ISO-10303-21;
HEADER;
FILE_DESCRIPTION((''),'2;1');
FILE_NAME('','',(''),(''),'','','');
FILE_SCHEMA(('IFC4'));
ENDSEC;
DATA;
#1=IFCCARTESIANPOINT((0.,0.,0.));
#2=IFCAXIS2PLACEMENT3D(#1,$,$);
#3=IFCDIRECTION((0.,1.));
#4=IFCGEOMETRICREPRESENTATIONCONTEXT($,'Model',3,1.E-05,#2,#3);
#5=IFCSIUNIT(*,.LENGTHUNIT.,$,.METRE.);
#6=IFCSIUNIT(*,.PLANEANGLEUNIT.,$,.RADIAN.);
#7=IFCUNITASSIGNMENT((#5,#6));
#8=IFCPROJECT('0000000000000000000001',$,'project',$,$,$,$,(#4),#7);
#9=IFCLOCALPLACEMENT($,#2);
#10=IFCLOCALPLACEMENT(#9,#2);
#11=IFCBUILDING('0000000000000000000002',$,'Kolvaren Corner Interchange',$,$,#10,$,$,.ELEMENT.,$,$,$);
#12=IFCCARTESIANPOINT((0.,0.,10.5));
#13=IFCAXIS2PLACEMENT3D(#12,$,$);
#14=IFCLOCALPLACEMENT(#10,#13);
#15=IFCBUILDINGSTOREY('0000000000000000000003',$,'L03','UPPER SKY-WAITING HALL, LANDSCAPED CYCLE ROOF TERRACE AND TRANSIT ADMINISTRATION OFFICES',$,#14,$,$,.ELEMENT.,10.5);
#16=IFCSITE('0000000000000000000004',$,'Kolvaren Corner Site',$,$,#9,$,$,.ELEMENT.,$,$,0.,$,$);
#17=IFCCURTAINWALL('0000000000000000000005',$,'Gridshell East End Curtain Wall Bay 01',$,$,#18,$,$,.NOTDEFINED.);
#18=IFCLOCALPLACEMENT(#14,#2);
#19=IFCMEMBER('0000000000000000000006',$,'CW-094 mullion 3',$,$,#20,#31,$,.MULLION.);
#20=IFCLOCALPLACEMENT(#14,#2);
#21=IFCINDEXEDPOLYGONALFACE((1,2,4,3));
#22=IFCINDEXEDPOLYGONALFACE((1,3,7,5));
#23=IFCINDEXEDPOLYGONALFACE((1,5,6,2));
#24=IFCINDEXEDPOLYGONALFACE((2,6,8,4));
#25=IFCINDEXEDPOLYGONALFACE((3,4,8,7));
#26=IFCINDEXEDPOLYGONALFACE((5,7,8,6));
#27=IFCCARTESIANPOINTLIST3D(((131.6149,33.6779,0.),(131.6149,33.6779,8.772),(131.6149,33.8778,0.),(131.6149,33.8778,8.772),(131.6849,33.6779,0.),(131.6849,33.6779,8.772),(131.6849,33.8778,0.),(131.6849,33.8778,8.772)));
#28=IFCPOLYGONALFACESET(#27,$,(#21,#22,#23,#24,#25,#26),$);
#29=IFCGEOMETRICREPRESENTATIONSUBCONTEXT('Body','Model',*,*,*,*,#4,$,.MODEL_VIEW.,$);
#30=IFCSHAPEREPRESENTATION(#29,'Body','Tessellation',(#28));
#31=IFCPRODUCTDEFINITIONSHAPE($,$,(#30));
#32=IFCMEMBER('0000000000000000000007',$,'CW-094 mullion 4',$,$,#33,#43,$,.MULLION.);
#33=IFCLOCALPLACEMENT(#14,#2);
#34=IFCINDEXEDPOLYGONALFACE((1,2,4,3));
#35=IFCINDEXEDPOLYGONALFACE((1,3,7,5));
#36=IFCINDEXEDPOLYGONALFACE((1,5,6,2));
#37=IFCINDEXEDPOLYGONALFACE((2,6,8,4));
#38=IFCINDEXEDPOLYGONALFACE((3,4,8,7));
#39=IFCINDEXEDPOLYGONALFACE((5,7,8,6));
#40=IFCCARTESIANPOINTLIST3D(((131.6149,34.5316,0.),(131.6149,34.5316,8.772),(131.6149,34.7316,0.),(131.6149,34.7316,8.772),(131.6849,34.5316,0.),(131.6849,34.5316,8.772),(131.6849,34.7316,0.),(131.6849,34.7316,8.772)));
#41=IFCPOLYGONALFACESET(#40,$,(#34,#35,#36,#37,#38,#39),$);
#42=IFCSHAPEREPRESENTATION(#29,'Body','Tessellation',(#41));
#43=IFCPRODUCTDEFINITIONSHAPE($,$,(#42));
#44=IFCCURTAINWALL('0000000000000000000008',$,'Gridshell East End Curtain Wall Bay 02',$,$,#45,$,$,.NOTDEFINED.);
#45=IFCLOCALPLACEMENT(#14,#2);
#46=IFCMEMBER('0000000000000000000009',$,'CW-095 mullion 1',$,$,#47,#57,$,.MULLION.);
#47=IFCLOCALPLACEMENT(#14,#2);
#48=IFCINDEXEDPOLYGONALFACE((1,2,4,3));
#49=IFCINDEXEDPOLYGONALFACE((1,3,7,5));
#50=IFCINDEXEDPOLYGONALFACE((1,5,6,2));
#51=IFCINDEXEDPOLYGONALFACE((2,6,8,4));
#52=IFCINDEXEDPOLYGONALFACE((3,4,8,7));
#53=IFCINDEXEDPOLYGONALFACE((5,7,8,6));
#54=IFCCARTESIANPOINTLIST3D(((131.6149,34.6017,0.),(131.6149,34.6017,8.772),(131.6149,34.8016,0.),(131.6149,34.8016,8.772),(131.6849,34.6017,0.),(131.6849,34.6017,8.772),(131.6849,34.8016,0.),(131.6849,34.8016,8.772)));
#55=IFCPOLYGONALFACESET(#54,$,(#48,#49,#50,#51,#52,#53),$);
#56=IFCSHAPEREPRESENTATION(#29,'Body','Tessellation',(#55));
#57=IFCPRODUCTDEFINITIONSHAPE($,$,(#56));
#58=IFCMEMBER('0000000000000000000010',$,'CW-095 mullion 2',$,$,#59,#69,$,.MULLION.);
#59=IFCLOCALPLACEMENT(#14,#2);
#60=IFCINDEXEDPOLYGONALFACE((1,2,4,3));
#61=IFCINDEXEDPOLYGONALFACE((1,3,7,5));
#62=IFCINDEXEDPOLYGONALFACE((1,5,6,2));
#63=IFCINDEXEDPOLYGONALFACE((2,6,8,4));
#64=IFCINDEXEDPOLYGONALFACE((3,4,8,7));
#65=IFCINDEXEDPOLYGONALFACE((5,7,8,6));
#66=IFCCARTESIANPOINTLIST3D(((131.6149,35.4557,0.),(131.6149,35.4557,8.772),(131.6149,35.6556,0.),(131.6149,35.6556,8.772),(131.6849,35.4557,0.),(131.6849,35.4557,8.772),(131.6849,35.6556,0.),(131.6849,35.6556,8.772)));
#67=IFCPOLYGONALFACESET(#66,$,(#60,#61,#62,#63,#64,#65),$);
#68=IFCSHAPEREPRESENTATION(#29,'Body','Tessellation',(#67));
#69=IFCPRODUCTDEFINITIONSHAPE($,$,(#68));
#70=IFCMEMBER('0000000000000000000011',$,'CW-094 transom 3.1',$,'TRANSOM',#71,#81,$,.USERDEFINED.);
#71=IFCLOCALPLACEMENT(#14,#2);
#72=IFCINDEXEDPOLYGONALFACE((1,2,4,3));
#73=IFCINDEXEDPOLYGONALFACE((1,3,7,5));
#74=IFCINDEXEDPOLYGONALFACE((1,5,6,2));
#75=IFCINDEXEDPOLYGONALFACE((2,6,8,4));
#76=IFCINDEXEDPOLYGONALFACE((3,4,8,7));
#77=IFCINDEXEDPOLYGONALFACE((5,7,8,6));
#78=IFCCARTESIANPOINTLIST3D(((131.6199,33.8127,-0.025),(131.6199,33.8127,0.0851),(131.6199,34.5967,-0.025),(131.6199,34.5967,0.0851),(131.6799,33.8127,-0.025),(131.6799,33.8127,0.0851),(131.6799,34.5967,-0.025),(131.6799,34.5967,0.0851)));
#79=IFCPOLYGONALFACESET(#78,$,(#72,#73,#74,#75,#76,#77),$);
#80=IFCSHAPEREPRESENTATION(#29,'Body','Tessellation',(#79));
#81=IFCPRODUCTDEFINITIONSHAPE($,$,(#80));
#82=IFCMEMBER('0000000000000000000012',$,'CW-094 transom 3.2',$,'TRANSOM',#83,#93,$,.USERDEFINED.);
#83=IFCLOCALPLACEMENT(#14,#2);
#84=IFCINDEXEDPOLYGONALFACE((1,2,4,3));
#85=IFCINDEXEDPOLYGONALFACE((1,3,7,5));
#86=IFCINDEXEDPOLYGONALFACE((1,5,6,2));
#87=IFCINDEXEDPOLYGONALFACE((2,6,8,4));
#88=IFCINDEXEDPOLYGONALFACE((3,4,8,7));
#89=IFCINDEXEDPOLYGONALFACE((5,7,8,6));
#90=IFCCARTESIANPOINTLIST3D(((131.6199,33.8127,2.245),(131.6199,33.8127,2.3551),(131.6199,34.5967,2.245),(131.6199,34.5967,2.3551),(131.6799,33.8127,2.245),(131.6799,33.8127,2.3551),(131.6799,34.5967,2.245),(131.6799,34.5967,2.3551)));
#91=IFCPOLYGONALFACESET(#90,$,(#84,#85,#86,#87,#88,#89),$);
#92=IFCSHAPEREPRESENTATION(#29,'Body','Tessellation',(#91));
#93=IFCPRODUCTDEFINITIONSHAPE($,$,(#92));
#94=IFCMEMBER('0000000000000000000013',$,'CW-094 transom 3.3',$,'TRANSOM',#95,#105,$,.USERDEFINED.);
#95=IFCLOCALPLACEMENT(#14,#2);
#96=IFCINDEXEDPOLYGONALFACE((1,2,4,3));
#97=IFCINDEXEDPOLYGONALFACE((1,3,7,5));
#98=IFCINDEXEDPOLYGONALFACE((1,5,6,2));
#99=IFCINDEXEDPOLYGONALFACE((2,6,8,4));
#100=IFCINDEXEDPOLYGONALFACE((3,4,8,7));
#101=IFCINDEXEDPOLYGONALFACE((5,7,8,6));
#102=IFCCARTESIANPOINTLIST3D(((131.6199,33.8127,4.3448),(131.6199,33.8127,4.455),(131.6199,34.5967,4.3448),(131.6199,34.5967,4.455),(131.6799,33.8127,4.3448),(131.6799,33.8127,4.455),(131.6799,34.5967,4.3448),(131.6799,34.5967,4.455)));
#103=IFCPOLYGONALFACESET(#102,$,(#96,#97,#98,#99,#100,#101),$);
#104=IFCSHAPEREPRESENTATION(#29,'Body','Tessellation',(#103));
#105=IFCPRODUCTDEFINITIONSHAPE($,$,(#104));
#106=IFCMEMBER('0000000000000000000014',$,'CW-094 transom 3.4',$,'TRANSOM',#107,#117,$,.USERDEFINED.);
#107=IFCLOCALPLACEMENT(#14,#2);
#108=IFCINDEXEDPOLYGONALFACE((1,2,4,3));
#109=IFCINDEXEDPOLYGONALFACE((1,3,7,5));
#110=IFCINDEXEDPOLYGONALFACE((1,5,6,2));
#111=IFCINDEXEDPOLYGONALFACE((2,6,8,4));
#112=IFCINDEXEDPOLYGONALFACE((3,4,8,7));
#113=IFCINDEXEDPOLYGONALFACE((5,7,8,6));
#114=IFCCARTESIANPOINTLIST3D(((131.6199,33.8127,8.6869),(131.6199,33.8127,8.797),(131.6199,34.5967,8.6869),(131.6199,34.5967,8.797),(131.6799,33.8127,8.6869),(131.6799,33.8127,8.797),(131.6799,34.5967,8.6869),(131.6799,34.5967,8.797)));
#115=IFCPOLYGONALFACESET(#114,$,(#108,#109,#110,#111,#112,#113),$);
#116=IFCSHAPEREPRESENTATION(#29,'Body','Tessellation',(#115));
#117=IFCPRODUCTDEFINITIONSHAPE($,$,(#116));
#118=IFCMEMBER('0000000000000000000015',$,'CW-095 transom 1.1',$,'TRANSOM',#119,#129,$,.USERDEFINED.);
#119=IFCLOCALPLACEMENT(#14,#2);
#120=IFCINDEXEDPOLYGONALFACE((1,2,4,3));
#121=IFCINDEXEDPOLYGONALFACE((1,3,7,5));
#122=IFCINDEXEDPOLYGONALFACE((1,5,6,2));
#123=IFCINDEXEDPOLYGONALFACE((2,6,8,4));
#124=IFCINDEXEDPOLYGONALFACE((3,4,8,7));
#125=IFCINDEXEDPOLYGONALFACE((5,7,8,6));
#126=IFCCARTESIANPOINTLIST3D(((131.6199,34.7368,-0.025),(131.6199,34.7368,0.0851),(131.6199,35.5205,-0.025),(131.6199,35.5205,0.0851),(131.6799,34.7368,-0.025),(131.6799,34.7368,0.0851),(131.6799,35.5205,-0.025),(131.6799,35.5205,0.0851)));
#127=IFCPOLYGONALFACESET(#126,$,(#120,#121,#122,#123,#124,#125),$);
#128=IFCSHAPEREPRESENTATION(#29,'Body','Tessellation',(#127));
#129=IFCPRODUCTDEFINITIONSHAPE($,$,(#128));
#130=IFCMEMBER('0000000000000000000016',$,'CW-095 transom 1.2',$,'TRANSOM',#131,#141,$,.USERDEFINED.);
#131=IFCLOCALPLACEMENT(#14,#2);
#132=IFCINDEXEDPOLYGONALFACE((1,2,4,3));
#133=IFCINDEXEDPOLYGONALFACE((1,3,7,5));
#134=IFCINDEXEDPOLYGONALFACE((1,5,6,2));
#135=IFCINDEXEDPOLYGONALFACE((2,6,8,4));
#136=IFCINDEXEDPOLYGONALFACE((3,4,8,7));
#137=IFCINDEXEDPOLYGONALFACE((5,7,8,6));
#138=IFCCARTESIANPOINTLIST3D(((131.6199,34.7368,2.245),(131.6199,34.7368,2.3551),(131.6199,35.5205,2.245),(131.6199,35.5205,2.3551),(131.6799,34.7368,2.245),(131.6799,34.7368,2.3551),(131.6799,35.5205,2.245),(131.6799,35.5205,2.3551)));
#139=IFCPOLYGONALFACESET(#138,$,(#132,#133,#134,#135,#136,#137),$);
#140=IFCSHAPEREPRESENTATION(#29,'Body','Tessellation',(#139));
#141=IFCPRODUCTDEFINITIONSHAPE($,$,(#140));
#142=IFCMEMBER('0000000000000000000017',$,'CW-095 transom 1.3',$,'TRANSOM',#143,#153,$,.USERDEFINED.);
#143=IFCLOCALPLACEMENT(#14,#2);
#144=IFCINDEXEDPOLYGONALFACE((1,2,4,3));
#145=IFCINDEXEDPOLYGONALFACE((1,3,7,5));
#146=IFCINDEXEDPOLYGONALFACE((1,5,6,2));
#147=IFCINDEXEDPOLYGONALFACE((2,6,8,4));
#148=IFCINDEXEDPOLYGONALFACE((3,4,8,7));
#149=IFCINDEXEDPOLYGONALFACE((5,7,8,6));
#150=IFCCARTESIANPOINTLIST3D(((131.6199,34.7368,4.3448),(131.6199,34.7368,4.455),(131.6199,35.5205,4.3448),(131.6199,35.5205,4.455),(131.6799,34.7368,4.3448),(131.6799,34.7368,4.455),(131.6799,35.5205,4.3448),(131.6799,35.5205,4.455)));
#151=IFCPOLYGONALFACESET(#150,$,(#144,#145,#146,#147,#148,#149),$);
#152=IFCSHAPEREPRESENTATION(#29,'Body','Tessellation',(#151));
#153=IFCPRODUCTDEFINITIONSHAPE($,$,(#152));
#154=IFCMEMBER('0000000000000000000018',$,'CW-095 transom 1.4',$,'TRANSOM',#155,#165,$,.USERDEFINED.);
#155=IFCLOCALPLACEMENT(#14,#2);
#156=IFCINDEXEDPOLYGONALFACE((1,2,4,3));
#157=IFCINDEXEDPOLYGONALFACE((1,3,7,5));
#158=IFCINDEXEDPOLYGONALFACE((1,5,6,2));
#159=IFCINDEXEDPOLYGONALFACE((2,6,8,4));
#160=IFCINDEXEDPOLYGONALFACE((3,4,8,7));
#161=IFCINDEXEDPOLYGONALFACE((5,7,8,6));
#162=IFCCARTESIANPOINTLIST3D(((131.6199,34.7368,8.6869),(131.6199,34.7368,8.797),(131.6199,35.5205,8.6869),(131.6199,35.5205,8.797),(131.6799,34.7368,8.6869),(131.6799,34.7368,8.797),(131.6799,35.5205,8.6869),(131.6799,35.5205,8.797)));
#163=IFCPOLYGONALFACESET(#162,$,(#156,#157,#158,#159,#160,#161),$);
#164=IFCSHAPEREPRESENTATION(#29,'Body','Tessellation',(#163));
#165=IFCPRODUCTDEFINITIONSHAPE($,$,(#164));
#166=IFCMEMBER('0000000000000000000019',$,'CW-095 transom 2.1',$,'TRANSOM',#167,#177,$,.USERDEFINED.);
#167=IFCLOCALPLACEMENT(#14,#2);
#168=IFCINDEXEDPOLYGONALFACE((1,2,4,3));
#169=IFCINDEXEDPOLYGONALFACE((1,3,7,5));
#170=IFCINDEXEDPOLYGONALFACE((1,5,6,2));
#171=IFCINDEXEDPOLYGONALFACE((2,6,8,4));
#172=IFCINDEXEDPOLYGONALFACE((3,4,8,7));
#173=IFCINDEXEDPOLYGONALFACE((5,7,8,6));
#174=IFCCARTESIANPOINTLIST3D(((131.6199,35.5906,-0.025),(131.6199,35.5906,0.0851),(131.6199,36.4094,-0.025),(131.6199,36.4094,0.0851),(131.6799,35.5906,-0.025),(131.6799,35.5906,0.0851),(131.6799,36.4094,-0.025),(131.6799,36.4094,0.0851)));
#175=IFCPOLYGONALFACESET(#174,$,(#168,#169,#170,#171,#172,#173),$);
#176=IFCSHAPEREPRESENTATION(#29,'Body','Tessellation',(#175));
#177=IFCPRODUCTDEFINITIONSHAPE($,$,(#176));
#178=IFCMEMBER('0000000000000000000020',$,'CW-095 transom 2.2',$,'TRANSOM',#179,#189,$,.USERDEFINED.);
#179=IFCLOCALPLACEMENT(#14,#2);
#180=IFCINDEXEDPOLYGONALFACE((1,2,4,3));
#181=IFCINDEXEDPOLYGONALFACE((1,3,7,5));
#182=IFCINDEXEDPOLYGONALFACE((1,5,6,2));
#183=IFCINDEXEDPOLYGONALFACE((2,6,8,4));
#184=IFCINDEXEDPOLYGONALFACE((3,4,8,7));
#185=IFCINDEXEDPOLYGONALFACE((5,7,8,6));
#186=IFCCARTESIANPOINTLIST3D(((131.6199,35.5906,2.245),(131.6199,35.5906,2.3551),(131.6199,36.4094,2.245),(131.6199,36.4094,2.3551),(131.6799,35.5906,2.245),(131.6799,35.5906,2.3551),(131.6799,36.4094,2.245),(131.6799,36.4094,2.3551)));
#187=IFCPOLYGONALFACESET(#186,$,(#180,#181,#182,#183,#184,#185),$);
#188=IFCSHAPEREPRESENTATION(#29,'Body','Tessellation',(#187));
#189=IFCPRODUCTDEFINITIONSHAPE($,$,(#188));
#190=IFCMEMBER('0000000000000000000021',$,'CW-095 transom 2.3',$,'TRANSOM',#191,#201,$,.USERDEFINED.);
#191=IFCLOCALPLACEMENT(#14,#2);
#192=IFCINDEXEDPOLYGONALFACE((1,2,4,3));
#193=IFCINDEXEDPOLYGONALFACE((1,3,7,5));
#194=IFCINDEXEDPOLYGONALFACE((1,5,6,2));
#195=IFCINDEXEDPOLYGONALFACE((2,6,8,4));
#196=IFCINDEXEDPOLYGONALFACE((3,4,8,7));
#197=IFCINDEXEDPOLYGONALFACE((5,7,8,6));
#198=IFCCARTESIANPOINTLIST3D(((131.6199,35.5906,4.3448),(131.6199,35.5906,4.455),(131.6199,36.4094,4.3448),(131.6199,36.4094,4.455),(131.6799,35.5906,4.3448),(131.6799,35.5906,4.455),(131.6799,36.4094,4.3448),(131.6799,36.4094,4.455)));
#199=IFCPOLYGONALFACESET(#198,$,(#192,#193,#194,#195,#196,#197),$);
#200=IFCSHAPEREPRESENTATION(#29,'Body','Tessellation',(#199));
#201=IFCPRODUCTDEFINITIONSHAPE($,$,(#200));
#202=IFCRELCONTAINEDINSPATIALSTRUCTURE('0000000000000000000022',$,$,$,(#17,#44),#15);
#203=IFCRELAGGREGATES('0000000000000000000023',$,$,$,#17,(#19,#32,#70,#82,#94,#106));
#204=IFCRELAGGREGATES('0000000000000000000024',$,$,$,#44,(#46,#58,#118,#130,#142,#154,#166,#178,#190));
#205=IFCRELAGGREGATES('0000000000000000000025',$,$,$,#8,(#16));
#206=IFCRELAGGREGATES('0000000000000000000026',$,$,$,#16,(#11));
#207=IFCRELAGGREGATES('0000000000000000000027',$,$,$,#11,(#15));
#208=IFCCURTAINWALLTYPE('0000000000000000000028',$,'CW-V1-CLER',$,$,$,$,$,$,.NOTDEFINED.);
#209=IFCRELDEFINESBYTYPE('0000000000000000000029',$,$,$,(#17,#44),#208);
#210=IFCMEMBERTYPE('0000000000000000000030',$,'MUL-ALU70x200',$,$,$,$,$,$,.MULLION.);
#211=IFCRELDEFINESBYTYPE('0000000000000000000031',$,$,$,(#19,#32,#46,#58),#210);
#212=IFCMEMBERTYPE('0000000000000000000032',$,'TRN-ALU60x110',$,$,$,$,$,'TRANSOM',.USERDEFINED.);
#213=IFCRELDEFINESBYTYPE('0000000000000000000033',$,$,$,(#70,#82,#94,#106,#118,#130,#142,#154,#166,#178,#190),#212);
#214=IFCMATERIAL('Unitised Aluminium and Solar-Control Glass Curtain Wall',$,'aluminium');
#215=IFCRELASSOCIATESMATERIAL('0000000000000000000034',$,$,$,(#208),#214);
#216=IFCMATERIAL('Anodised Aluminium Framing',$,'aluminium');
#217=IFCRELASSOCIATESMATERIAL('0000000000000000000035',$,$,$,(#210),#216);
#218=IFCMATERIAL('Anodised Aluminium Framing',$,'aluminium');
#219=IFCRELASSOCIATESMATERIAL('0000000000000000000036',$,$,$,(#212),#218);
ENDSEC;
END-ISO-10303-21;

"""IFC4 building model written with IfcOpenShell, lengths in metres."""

from ifc_helpers import new_model, si_unit, direction, frame, origin, origin_2d, place, context, subcontext, project, spatial, rectangle, extrude, material, material_profile, profile_set, type_object, element, aggregate, save


model = new_model("IFC4")

# Units and contexts
model_context = context("Model", 3, precision=1e-05, world=origin(), true_north=direction((0.0, 1.0)))
body_context = subcontext(model_context, "Body", "Model", "MODEL_VIEW")
ifc_project = project(units=[si_unit("LENGTHUNIT", "METRE"), si_unit("PLANEANGLEUNIT", "RADIAN")], contexts=[model_context])

# Site, building, storey
site_placement = place(None, origin())
site = spatial("IfcSite", under=ifc_project, at=site_placement, Name="Kolvaren Corner Site", CompositionType="ELEMENT", RefElevation=0.0)
building_placement = place(site_placement, origin())
building = spatial("IfcBuilding", under=site, at=building_placement, Name="Kolvaren Corner Interchange", CompositionType="ELEMENT")
storey_placement = place(building_placement, frame((0.0, 0.0, 10.5)))
storey = spatial("IfcBuildingStorey", under=building, at=storey_placement, Name="L03", Description="UPPER SKY-WAITING HALL, LANDSCAPED CYCLE ROOF TERRACE AND TRANSIT ADMINISTRATION OFFICES", CompositionType="ELEMENT", Elevation=10.5)

# Curtain walls, members
ifc_material_1 = material(Name="Unitised Aluminium and Solar-Control Glass Curtain Wall", Category="aluminium")
curtain_wall_type = type_object("IfcCurtainWallType", Name="CW-V1-CLER", PredefinedType="NOTDEFINED", material=ifc_material_1)
curtain_wall_1_placement = place(storey_placement, origin())
curtain_wall_1 = element("IfcCurtainWall", 1, at=curtain_wall_1_placement, inside=storey, type_object=curtain_wall_type, Name="Gridshell East End Curtain Wall Bay 01", PredefinedType="NOTDEFINED")
ifc_material_2 = material(Name="Anodised Aluminium Framing", Category="aluminium")
ifc_material_profile_1 = material_profile(ifc_material_2, rectangle(XDim=0.0701, YDim=0.2, at=origin_2d()), Name="ALU 70x200")
ifc_profile_set_1 = profile_set([ifc_material_profile_1], Name="Anodised Aluminium Framing")
member_type_1 = type_object("IfcMemberType", Name="MUL-ALU70x200", PredefinedType="MULLION", material=ifc_profile_set_1)
member_1_placement = place(storey_placement, frame((131.6499, 33.7778, 0.0), z_axis=(0.0, 0.0, 1.0), x_axis=(-1.0, 0.0, 0.0)))
member_1 = element("IfcMember", 2, at=member_1_placement, type_object=member_type_1, Name="CW-094 mullion 3", PredefinedType="MULLION", context=body_context, shape_type="SweptSolid", body=[
    extrude(rectangle(XDim=0.0701, YDim=0.2, at=origin_2d()), origin(), (0.0, 0.0, 1.0), 8.772),
])
member_2_placement = place(storey_placement, frame((131.6499, 34.6316, 0.0), z_axis=(0.0, 0.0, 1.0), x_axis=(-1.0, 0.0, 0.0)))
member_2 = element("IfcMember", 3, at=member_2_placement, type_object=member_type_1, Name="CW-094 mullion 4", PredefinedType="MULLION", context=body_context, shape_type="SweptSolid", body=[
    extrude(rectangle(XDim=0.0701, YDim=0.2, at=origin_2d()), origin(), (0.0, 0.0, 1.0), 8.772),
])
curtain_wall_2_placement = place(storey_placement, origin())
curtain_wall_2 = element("IfcCurtainWall", 4, at=curtain_wall_2_placement, inside=storey, type_object=curtain_wall_type, Name="Gridshell East End Curtain Wall Bay 02", PredefinedType="NOTDEFINED")
member_3_placement = place(storey_placement, frame((131.6499, 34.7017, 0.0), z_axis=(0.0, 0.0, 1.0), x_axis=(-1.0, 0.0, 0.0)))
member_3 = element("IfcMember", 5, at=member_3_placement, type_object=member_type_1, Name="CW-095 mullion 1", PredefinedType="MULLION", context=body_context, shape_type="SweptSolid", body=[
    extrude(rectangle(XDim=0.0701, YDim=0.2, at=origin_2d()), origin(), (0.0, 0.0, 1.0), 8.772),
])
member_4_placement = place(storey_placement, frame((131.6499, 35.5557, 0.0), z_axis=(0.0, 0.0, 1.0), x_axis=(-1.0, 0.0, 0.0)))
member_4 = element("IfcMember", 6, at=member_4_placement, type_object=member_type_1, Name="CW-095 mullion 2", PredefinedType="MULLION", context=body_context, shape_type="SweptSolid", body=[
    extrude(rectangle(XDim=0.0701, YDim=0.2, at=origin_2d()), origin(), (0.0, 0.0, 1.0), 8.772),
])

# Members
ifc_material_3 = material(Name="Anodised Aluminium Framing", Category="aluminium")
ifc_material_profile_2 = material_profile(ifc_material_3, rectangle(XDim=0.0601, YDim=0.1101, at=origin_2d()), Name="ALU 60x110")
ifc_profile_set_2 = profile_set([ifc_material_profile_2], Name="Anodised Aluminium Framing")
member_type_2 = type_object("IfcMemberType", Name="TRN-ALU60x110", ElementType="TRANSOM", PredefinedType="USERDEFINED", material=ifc_profile_set_2)
member_5_placement = place(storey_placement, frame((131.6499, 33.8127, 0.03), z_axis=(0.0, 1.0, 0.0), x_axis=(-1.0, 0.0, 0.0)))
member_5 = element("IfcMember", 7, at=member_5_placement, type_object=member_type_2, Name="CW-094 transom 3.1", ObjectType="TRANSOM", PredefinedType="USERDEFINED", context=body_context, shape_type="SweptSolid", body=[
    extrude(rectangle(XDim=0.0601, YDim=0.1101, at=origin_2d()), origin(), (0.0, 0.0, 1.0), 0.7839),
])
member_6_placement = place(storey_placement, frame((131.6499, 33.8127, 2.3), z_axis=(0.0, 1.0, 0.0), x_axis=(-1.0, 0.0, 0.0)))
member_6 = element("IfcMember", 8, at=member_6_placement, type_object=member_type_2, Name="CW-094 transom 3.2", ObjectType="TRANSOM", PredefinedType="USERDEFINED", context=body_context, shape_type="SweptSolid", body=[
    extrude(rectangle(XDim=0.0601, YDim=0.1101, at=origin_2d()), origin(), (0.0, 0.0, 1.0), 0.7839),
])
member_7_placement = place(storey_placement, frame((131.6499, 33.8127, 4.3999), z_axis=(0.0, 1.0, 0.0), x_axis=(-1.0, 0.0, 0.0)))
member_7 = element("IfcMember", 9, at=member_7_placement, type_object=member_type_2, Name="CW-094 transom 3.3", ObjectType="TRANSOM", PredefinedType="USERDEFINED", context=body_context, shape_type="SweptSolid", body=[
    extrude(rectangle(XDim=0.0601, YDim=0.1101, at=origin_2d()), origin(), (0.0, 0.0, 1.0), 0.7839),
])
member_8_placement = place(storey_placement, frame((131.6499, 33.8127, 8.7419), z_axis=(0.0, 1.0, 0.0), x_axis=(-1.0, 0.0, 0.0)))
member_8 = element("IfcMember", 10, at=member_8_placement, type_object=member_type_2, Name="CW-094 transom 3.4", ObjectType="TRANSOM", PredefinedType="USERDEFINED", context=body_context, shape_type="SweptSolid", body=[
    extrude(rectangle(XDim=0.0601, YDim=0.1101, at=origin_2d()), origin(), (0.0, 0.0, 1.0), 0.7839),
])
member_9_placement = place(storey_placement, frame((131.6499, 34.7368, 0.03), z_axis=(0.0, 1.0, 0.0), x_axis=(-1.0, 0.0, 0.0)))
member_9 = element("IfcMember", 11, at=member_9_placement, type_object=member_type_2, Name="CW-095 transom 1.1", ObjectType="TRANSOM", PredefinedType="USERDEFINED", context=body_context, shape_type="SweptSolid", body=[
    extrude(rectangle(XDim=0.0601, YDim=0.1101, at=origin_2d()), origin(), (0.0, 0.0, 1.0), 0.7837),
])
member_10_placement = place(storey_placement, frame((131.6499, 34.7368, 2.3), z_axis=(0.0, 1.0, 0.0), x_axis=(-1.0, 0.0, 0.0)))
member_10 = element("IfcMember", 12, at=member_10_placement, type_object=member_type_2, Name="CW-095 transom 1.2", ObjectType="TRANSOM", PredefinedType="USERDEFINED", context=body_context, shape_type="SweptSolid", body=[
    extrude(rectangle(XDim=0.0601, YDim=0.1101, at=origin_2d()), origin(), (0.0, 0.0, 1.0), 0.7837),
])
member_11_placement = place(storey_placement, frame((131.6499, 34.7368, 4.3999), z_axis=(0.0, 1.0, 0.0), x_axis=(-1.0, 0.0, 0.0)))
member_11 = element("IfcMember", 13, at=member_11_placement, type_object=member_type_2, Name="CW-095 transom 1.3", ObjectType="TRANSOM", PredefinedType="USERDEFINED", context=body_context, shape_type="SweptSolid", body=[
    extrude(rectangle(XDim=0.0601, YDim=0.1101, at=origin_2d()), origin(), (0.0, 0.0, 1.0), 0.7837),
])
member_12_placement = place(storey_placement, frame((131.6499, 34.7368, 8.7419), z_axis=(0.0, 1.0, 0.0), x_axis=(-1.0, 0.0, 0.0)))
member_12 = element("IfcMember", 14, at=member_12_placement, type_object=member_type_2, Name="CW-095 transom 1.4", ObjectType="TRANSOM", PredefinedType="USERDEFINED", context=body_context, shape_type="SweptSolid", body=[
    extrude(rectangle(XDim=0.0601, YDim=0.1101, at=origin_2d()), origin(), (0.0, 0.0, 1.0), 0.7837),
])
member_13_placement = place(storey_placement, frame((131.6499, 35.5906, 0.03), z_axis=(0.0, 1.0, 0.0), x_axis=(-1.0, 0.0, 0.0)))
member_13 = element("IfcMember", 15, at=member_13_placement, type_object=member_type_2, Name="CW-095 transom 2.1", ObjectType="TRANSOM", PredefinedType="USERDEFINED", context=body_context, shape_type="SweptSolid", body=[
    extrude(rectangle(XDim=0.0601, YDim=0.1101, at=origin_2d()), origin(), (0.0, 0.0, 1.0), 0.8188),
])
member_14_placement = place(storey_placement, frame((131.6499, 35.5906, 2.3), z_axis=(0.0, 1.0, 0.0), x_axis=(-1.0, 0.0, 0.0)))
member_14 = element("IfcMember", 16, at=member_14_placement, type_object=member_type_2, Name="CW-095 transom 2.2", ObjectType="TRANSOM", PredefinedType="USERDEFINED", context=body_context, shape_type="SweptSolid", body=[
    extrude(rectangle(XDim=0.0601, YDim=0.1101, at=origin_2d()), origin(), (0.0, 0.0, 1.0), 0.8188),
])
member_15_placement = place(storey_placement, frame((131.6499, 35.5906, 4.3999), z_axis=(0.0, 1.0, 0.0), x_axis=(-1.0, 0.0, 0.0)))
member_15 = element("IfcMember", 17, at=member_15_placement, type_object=member_type_2, Name="CW-095 transom 2.3", ObjectType="TRANSOM", PredefinedType="USERDEFINED", context=body_context, shape_type="SweptSolid", body=[
    extrude(rectangle(XDim=0.0601, YDim=0.1101, at=origin_2d()), origin(), (0.0, 0.0, 1.0), 0.8188),
])

aggregate(curtain_wall_1, [member_1, member_2, member_5, member_6, member_7, member_8])
aggregate(curtain_wall_2, [member_3, member_4, member_9, member_10, member_11, member_12, member_13, member_14, member_15])

save(model, "model.ifc")
